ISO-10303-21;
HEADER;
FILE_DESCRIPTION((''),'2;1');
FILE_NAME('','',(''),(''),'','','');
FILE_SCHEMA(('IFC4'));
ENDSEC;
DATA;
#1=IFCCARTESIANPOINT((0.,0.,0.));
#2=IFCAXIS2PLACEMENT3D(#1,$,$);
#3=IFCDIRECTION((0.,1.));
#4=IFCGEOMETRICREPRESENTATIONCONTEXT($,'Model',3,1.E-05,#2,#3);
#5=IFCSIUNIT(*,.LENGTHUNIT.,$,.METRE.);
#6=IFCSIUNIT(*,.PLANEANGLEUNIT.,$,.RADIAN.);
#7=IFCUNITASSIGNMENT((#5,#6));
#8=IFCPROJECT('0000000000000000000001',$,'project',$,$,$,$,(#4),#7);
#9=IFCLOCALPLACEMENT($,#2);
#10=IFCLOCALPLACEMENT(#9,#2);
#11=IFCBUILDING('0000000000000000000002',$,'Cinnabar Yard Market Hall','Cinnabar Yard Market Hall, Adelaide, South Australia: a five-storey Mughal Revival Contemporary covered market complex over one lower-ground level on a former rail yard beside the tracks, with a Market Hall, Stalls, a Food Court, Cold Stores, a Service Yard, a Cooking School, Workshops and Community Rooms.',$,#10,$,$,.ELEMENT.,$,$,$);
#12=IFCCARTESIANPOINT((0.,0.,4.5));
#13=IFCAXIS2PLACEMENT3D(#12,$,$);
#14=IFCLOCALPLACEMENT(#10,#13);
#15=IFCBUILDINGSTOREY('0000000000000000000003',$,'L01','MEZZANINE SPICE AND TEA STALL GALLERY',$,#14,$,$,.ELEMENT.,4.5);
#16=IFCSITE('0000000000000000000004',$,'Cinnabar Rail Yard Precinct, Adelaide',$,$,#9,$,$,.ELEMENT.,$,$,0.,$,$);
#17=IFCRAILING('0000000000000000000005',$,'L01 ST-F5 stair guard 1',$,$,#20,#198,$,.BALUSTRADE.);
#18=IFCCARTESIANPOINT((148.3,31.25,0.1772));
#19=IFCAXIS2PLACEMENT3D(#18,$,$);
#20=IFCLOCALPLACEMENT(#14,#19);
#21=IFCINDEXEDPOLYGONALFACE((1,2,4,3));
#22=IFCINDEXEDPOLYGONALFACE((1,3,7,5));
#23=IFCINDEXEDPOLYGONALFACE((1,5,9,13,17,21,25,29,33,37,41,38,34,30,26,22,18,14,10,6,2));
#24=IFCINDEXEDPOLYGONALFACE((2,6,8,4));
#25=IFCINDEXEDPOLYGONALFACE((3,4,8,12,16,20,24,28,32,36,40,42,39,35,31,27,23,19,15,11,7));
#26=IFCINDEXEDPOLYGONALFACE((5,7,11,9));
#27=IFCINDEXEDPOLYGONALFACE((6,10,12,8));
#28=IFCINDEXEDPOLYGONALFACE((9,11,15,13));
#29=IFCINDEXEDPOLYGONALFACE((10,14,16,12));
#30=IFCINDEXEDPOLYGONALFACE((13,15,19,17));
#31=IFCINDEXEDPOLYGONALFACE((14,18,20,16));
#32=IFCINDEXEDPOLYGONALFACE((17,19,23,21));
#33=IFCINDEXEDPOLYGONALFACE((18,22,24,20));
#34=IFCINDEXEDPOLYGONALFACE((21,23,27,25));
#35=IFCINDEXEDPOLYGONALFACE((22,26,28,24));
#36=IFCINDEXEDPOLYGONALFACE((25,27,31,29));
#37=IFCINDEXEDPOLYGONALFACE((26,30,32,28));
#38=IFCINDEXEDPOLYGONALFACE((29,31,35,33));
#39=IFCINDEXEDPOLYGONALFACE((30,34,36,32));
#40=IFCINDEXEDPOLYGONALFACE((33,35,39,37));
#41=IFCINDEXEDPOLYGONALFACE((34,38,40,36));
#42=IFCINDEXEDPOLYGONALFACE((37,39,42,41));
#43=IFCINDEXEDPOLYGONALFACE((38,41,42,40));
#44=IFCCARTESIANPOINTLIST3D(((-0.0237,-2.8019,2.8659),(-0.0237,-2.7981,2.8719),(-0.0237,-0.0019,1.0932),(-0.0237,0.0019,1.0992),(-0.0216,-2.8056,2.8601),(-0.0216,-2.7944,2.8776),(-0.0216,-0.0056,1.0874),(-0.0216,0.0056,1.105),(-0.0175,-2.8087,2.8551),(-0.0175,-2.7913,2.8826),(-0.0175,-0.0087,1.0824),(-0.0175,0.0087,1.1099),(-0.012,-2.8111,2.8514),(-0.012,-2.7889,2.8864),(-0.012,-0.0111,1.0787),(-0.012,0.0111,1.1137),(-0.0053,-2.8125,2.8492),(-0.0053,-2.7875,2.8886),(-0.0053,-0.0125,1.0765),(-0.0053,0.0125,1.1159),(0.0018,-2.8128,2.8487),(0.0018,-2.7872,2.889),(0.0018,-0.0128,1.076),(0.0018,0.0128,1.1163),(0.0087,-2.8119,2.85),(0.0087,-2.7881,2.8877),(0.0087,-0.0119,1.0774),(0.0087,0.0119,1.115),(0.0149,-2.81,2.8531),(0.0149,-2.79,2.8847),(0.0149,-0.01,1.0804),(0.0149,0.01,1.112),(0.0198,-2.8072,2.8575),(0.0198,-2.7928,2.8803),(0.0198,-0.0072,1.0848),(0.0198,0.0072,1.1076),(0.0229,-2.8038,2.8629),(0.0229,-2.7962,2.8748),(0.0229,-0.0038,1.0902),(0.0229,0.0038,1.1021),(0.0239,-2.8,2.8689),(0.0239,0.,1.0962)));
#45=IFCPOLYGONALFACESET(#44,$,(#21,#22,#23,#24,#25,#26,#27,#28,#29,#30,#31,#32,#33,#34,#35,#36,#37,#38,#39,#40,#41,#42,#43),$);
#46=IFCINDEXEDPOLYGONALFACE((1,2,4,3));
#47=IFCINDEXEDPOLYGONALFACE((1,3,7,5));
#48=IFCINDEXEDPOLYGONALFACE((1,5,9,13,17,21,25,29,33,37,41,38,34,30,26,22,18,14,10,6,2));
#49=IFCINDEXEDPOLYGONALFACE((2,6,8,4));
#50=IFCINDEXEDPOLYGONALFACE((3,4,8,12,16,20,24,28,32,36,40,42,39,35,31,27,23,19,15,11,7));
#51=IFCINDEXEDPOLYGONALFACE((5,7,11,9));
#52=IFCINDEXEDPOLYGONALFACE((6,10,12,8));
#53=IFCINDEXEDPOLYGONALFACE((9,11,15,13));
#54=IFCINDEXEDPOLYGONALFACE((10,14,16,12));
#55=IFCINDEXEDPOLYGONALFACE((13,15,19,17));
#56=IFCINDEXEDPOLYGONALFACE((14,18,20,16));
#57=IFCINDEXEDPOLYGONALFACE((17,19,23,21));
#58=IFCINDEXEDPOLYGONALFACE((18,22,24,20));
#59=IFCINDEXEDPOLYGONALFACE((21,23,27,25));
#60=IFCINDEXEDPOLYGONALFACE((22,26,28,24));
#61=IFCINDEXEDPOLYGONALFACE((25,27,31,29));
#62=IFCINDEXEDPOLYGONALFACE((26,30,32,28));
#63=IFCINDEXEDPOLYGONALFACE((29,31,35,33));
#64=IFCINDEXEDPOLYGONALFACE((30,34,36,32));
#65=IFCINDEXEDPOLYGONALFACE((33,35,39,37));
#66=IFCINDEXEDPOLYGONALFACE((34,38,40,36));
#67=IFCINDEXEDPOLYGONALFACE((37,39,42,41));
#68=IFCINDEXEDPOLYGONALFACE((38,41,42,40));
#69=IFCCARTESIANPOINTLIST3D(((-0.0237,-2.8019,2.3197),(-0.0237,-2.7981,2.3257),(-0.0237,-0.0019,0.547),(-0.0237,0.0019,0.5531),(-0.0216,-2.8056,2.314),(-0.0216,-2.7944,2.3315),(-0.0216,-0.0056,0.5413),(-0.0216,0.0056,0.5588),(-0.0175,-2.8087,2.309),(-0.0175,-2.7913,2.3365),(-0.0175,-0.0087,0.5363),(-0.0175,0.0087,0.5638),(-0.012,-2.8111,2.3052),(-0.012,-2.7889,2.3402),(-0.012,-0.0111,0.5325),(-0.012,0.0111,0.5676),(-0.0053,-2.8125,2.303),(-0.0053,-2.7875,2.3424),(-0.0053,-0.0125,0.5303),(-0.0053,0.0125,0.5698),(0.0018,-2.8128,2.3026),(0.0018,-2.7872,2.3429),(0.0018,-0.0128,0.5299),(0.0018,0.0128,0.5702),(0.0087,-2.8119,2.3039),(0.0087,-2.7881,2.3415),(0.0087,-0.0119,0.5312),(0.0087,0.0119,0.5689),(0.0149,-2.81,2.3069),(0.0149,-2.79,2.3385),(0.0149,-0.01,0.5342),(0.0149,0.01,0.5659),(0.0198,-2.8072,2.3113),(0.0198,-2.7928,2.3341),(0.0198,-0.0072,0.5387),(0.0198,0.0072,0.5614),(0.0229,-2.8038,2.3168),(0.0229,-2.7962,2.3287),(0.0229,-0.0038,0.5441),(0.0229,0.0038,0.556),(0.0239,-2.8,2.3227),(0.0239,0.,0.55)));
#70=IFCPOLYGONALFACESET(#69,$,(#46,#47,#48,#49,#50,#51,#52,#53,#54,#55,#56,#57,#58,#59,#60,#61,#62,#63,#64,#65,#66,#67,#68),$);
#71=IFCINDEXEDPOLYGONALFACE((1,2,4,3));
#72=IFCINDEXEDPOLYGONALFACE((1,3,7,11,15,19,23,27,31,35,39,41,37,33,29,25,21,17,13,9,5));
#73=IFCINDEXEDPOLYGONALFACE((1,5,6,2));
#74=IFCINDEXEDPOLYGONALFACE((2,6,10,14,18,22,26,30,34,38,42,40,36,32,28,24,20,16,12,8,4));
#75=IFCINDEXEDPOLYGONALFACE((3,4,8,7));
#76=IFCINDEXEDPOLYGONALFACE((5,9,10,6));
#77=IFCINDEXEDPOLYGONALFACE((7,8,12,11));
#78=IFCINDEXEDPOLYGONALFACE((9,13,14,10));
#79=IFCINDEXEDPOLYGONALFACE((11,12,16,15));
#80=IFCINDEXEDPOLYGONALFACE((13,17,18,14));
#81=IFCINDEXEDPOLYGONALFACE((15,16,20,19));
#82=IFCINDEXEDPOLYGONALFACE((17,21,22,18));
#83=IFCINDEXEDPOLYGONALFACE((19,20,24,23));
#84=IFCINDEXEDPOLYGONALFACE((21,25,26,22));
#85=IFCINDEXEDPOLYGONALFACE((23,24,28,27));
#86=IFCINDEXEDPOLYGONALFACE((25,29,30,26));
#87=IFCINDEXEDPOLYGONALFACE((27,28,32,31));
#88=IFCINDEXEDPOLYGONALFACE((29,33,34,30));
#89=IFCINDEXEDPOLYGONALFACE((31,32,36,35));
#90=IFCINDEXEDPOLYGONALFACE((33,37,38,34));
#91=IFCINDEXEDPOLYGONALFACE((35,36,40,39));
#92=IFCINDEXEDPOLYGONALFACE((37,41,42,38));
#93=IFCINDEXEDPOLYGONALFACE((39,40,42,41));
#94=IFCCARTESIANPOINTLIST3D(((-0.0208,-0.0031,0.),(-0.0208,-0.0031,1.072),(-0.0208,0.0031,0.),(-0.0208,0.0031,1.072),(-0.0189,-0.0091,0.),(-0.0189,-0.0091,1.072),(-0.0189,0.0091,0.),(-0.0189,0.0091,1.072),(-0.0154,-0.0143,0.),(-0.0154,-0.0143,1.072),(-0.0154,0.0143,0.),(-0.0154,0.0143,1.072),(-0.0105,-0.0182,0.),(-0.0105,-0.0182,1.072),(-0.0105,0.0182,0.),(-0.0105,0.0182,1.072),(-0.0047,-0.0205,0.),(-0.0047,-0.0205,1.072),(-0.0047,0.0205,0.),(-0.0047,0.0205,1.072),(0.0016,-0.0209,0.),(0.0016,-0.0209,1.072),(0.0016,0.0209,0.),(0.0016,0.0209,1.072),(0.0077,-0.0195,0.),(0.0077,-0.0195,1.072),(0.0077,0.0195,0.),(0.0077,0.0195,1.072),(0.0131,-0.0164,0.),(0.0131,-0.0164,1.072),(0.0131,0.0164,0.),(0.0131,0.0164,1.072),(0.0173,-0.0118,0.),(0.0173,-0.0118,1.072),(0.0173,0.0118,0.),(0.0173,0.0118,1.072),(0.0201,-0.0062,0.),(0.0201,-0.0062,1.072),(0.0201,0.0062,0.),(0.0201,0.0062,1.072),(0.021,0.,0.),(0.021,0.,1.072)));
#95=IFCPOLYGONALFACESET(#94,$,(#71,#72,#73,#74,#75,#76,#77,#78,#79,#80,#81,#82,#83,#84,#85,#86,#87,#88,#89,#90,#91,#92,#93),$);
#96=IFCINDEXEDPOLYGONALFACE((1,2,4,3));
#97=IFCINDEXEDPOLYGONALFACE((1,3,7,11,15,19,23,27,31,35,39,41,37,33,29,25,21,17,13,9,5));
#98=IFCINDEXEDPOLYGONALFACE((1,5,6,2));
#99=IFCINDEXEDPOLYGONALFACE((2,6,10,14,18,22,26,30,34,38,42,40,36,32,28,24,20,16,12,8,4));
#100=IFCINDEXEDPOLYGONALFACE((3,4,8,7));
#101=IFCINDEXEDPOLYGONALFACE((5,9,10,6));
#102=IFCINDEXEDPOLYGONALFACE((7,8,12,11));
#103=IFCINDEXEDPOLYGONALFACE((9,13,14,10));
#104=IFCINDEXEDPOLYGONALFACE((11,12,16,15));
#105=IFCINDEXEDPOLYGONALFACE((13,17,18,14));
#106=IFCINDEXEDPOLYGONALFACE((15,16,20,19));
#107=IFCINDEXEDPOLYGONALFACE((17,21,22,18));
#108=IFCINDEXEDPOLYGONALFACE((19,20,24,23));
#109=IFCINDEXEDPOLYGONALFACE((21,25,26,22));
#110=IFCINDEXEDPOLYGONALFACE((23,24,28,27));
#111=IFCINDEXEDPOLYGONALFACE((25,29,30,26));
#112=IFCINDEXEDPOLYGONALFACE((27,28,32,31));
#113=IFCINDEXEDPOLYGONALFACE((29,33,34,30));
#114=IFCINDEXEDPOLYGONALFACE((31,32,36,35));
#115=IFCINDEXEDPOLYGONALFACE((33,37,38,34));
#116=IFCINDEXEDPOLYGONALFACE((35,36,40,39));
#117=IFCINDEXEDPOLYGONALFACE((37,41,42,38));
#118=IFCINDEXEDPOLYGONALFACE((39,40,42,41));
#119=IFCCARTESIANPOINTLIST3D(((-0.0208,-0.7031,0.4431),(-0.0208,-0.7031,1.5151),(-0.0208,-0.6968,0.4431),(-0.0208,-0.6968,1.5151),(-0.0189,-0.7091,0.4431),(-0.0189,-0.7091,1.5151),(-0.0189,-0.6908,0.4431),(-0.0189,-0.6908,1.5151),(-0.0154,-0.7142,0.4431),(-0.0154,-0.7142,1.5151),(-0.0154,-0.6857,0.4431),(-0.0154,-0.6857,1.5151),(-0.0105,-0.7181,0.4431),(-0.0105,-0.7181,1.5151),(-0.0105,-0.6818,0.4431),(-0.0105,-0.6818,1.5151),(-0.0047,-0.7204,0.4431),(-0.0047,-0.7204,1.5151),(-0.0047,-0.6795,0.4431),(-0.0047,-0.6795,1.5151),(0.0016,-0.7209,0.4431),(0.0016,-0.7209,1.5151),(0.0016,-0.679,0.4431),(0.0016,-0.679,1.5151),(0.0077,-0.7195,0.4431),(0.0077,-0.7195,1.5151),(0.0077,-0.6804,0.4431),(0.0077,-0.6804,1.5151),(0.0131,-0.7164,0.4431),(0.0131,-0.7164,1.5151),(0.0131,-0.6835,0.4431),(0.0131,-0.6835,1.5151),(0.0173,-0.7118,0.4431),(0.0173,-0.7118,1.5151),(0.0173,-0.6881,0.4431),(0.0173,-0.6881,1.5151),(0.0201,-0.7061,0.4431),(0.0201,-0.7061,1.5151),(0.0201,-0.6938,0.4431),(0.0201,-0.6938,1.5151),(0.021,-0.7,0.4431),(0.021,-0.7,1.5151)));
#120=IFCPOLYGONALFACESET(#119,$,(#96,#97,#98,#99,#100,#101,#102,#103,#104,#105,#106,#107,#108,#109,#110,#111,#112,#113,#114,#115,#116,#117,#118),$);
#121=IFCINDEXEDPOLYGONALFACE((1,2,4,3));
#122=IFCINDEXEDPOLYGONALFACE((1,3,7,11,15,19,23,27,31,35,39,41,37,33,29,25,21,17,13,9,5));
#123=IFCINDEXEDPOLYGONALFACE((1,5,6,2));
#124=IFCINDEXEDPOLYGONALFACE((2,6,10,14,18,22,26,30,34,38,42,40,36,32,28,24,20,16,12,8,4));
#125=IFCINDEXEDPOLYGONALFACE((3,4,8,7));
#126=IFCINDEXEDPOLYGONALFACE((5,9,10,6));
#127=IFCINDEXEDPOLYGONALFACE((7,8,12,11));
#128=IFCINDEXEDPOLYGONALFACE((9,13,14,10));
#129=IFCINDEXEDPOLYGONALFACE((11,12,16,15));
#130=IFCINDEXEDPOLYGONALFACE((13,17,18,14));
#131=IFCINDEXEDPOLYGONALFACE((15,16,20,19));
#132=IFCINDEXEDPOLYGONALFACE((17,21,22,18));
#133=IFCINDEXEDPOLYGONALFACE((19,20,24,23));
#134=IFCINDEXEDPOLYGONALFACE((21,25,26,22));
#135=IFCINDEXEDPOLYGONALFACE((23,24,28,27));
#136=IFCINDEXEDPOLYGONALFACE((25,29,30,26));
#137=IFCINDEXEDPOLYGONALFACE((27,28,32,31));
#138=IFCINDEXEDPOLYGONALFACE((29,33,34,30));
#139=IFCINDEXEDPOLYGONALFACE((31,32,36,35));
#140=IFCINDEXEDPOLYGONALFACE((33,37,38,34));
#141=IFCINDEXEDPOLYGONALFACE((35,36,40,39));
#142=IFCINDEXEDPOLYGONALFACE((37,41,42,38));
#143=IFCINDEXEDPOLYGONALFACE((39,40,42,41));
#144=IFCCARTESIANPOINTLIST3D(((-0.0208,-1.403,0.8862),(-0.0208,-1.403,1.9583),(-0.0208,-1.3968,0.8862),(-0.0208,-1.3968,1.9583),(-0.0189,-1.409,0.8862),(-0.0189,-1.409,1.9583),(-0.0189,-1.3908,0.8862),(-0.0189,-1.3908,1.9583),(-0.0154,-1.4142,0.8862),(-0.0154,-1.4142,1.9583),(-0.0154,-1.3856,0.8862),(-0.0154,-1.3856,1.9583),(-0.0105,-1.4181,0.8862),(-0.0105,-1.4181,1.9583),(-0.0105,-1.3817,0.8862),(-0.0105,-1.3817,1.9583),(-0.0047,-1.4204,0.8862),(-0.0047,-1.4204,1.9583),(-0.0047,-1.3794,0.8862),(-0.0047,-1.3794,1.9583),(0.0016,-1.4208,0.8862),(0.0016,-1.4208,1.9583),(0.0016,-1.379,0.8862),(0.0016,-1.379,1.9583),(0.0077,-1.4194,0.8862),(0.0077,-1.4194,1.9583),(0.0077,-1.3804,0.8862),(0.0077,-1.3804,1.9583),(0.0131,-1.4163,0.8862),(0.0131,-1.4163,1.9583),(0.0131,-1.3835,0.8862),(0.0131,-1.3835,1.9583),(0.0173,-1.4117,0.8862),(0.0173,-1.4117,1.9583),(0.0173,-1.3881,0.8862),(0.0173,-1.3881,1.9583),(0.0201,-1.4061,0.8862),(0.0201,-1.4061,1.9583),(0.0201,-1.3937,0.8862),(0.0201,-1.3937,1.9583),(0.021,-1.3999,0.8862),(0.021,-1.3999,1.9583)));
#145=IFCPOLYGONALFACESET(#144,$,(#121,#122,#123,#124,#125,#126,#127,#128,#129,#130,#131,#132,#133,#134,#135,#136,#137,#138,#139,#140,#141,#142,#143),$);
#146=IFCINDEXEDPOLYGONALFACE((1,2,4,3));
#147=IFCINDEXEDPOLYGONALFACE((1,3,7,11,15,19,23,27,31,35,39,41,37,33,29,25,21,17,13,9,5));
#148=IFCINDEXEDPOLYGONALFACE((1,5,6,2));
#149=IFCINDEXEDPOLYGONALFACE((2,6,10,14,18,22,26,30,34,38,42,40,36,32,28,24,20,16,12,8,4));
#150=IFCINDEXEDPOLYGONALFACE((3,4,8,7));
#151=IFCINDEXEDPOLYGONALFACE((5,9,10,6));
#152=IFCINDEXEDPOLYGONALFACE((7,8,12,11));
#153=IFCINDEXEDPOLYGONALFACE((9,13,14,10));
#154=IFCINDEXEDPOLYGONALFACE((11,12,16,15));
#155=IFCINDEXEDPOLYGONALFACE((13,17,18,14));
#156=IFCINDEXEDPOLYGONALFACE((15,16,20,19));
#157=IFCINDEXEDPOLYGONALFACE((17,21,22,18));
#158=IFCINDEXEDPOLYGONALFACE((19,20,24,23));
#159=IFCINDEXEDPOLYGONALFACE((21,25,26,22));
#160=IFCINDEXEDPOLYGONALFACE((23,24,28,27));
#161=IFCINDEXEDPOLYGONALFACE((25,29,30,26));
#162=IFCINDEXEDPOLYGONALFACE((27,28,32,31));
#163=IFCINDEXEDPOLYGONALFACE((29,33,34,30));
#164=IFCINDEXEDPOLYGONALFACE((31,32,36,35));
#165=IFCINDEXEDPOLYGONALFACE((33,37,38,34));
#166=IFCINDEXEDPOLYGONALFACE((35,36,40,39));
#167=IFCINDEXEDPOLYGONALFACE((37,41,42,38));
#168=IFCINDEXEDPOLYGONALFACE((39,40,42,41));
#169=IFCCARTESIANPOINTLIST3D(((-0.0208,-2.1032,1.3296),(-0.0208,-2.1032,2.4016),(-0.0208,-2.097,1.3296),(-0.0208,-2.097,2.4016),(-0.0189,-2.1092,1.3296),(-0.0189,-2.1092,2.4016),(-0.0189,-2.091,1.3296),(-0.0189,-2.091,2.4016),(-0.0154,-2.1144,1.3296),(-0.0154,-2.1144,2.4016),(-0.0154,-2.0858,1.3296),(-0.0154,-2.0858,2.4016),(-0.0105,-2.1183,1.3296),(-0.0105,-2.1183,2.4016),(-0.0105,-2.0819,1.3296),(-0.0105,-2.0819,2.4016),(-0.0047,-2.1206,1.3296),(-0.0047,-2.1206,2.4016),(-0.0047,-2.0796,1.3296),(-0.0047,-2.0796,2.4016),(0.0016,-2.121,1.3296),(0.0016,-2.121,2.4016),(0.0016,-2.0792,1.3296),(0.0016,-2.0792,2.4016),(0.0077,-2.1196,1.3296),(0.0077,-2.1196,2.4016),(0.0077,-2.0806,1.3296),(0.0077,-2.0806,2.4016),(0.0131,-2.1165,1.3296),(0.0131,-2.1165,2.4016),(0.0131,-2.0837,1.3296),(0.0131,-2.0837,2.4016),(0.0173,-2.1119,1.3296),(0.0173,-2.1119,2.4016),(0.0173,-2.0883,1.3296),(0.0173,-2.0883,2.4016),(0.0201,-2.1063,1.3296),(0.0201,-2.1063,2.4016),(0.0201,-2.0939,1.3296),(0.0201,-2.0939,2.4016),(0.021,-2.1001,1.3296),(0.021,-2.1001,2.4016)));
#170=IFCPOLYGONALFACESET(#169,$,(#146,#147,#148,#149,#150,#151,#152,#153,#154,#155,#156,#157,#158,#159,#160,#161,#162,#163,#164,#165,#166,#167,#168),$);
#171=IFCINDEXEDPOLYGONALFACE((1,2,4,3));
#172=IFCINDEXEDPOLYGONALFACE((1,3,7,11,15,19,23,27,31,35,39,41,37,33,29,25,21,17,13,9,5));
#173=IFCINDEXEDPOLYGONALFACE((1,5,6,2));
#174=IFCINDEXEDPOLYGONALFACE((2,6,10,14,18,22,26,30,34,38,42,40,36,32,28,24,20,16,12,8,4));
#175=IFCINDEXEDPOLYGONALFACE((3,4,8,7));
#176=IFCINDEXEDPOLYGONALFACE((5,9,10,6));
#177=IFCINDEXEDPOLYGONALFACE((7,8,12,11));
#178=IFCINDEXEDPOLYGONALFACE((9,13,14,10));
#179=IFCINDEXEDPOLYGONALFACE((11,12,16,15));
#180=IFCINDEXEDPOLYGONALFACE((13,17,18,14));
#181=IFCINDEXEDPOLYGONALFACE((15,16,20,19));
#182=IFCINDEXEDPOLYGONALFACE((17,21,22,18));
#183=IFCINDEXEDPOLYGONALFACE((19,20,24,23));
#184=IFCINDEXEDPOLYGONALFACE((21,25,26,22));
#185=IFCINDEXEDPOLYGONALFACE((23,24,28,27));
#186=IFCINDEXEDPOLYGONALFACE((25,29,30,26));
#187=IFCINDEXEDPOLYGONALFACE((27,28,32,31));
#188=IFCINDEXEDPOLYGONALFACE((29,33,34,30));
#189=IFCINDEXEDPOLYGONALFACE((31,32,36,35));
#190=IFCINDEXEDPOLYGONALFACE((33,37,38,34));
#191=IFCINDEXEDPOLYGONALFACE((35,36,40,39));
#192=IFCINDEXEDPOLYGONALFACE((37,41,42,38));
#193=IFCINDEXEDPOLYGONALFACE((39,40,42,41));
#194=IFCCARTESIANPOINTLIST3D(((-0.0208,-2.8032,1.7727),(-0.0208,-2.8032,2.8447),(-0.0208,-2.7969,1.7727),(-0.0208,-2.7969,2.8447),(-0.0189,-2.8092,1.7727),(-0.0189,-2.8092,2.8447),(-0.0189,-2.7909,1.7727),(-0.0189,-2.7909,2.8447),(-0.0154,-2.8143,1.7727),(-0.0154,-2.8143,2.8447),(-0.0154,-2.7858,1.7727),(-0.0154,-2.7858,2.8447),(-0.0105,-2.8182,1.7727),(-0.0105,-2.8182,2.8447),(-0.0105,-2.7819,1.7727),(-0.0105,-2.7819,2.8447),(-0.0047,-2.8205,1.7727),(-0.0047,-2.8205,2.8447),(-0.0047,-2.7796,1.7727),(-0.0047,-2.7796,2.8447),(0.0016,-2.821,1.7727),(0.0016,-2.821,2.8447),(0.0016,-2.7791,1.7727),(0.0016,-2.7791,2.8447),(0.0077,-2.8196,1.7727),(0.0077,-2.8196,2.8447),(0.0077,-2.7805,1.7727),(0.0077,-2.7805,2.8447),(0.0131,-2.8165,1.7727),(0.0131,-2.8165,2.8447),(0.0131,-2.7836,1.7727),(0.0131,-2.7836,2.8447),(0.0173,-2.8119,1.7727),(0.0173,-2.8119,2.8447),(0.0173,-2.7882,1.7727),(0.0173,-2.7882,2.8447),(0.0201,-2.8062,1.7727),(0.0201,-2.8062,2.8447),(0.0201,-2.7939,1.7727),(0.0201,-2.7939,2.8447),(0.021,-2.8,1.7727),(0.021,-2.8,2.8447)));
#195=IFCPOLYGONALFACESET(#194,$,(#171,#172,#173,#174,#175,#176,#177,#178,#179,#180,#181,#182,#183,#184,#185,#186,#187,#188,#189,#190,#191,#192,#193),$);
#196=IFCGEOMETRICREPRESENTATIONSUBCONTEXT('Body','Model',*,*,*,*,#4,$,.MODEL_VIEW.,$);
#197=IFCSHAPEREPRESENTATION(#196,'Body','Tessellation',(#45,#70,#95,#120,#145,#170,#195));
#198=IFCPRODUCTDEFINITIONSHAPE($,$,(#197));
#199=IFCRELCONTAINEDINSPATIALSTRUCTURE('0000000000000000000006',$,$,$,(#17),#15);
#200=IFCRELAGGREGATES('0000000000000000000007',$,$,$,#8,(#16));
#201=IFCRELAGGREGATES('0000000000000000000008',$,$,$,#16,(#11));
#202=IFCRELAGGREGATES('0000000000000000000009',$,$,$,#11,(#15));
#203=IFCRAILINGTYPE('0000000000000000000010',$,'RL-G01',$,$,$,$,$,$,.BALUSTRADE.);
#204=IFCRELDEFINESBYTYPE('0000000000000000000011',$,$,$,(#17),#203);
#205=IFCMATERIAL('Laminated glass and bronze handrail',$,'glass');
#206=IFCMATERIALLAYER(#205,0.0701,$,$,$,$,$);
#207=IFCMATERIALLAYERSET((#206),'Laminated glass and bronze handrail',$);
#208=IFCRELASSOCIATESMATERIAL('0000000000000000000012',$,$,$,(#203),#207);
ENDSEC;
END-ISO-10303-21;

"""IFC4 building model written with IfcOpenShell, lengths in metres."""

from ifc_helpers import new_model, si_unit, direction, frame, origin, origin_2d_with_axis, place, context, subcontext, project, spatial, circle, extrude, material, layer, layer_set, type_object, element, save


model = new_model("IFC4")

# Units and contexts
model_context = context("Model", 3, precision=1e-05, world=origin(), true_north=direction((0.0, 1.0)))
body_context = subcontext(model_context, "Body", "Model", "MODEL_VIEW")
ifc_project = project(units=[si_unit("LENGTHUNIT", "METRE"), si_unit("PLANEANGLEUNIT", "RADIAN")], contexts=[model_context])

# Site, building, storey
site_placement = place(None, origin())
site = spatial("IfcSite", under=ifc_project, at=site_placement, Name="Cinnabar Rail Yard Precinct, Adelaide", CompositionType="ELEMENT", RefElevation=0.0)
building_placement = place(site_placement, origin())
building = spatial("IfcBuilding", under=site, at=building_placement, Name="Cinnabar Yard Market Hall", Description="Cinnabar Yard Market Hall, Adelaide, South Australia: a five-storey Mughal Revival Contemporary covered market complex over one lower-ground level on a former rail yard beside the tracks, with a Market Hall, Stalls, a Food Court, Cold Stores, a Service Yard, a Cooking School, Workshops and Community Rooms.", CompositionType="ELEMENT")
storey_placement = place(building_placement, frame((0.0, 0.0, 4.5)))
storey = spatial("IfcBuildingStorey", under=building, at=storey_placement, Name="L01", Description="MEZZANINE SPICE AND TEA STALL GALLERY", CompositionType="ELEMENT", Elevation=4.5)

# Railing
ifc_material_1 = material(Name="Laminated glass and bronze handrail", Category="glass")
ifc_layer_1 = layer(ifc_material_1, 0.0701)
ifc_layer_set_1 = layer_set([ifc_layer_1], Name="Laminated glass and bronze handrail")
railing_type_1 = type_object("IfcRailingType", Name="RL-G01", PredefinedType="BALUSTRADE", material=ifc_layer_set_1)
railing_1_placement = place(storey_placement, frame((148.3, 31.25, 0.1772)))
element("IfcRailing", 1, at=railing_1_placement, inside=storey, type_object=railing_type_1, Name="L01 ST-F5 stair guard 1", PredefinedType="BALUSTRADE", context=body_context, shape_type="SweptSolid", body=[
    extrude(circle(Radius=0.0239, at=origin_2d_with_axis()), frame((0.0, 0.0, 1.0962), z_axis=(0.0, -0.844909, 0.53491), x_axis=(1.0, 0.0, 0.0)), (0.0, 0.0, 1.0), 3.314),
    extrude(circle(Radius=0.0239, at=origin_2d_with_axis()), frame((0.0, 0.0, 0.55), z_axis=(0.0, -0.844909, 0.53491), x_axis=(1.0, 0.0, 0.0)), (0.0, 0.0, 1.0), 3.314),
    extrude(circle(Radius=0.021, at=origin_2d_with_axis()), origin(), (0.0, 0.0, 1.0), 1.072),
    extrude(circle(Radius=0.021, at=origin_2d_with_axis()), frame((0.0, -0.7, 0.4431)), (0.0, 0.0, 1.0), 1.072),
    extrude(circle(Radius=0.021, at=origin_2d_with_axis()), frame((0.0, -1.3999, 0.8862)), (0.0, 0.0, 1.0), 1.072),
    extrude(circle(Radius=0.021, at=origin_2d_with_axis()), frame((0.0, -2.1001, 1.3296)), (0.0, 0.0, 1.0), 1.072),
    extrude(circle(Radius=0.021, at=origin_2d_with_axis()), frame((0.0, -2.8, 1.7727)), (0.0, 0.0, 1.0), 1.072),
])

save(model, "model.ifc")
